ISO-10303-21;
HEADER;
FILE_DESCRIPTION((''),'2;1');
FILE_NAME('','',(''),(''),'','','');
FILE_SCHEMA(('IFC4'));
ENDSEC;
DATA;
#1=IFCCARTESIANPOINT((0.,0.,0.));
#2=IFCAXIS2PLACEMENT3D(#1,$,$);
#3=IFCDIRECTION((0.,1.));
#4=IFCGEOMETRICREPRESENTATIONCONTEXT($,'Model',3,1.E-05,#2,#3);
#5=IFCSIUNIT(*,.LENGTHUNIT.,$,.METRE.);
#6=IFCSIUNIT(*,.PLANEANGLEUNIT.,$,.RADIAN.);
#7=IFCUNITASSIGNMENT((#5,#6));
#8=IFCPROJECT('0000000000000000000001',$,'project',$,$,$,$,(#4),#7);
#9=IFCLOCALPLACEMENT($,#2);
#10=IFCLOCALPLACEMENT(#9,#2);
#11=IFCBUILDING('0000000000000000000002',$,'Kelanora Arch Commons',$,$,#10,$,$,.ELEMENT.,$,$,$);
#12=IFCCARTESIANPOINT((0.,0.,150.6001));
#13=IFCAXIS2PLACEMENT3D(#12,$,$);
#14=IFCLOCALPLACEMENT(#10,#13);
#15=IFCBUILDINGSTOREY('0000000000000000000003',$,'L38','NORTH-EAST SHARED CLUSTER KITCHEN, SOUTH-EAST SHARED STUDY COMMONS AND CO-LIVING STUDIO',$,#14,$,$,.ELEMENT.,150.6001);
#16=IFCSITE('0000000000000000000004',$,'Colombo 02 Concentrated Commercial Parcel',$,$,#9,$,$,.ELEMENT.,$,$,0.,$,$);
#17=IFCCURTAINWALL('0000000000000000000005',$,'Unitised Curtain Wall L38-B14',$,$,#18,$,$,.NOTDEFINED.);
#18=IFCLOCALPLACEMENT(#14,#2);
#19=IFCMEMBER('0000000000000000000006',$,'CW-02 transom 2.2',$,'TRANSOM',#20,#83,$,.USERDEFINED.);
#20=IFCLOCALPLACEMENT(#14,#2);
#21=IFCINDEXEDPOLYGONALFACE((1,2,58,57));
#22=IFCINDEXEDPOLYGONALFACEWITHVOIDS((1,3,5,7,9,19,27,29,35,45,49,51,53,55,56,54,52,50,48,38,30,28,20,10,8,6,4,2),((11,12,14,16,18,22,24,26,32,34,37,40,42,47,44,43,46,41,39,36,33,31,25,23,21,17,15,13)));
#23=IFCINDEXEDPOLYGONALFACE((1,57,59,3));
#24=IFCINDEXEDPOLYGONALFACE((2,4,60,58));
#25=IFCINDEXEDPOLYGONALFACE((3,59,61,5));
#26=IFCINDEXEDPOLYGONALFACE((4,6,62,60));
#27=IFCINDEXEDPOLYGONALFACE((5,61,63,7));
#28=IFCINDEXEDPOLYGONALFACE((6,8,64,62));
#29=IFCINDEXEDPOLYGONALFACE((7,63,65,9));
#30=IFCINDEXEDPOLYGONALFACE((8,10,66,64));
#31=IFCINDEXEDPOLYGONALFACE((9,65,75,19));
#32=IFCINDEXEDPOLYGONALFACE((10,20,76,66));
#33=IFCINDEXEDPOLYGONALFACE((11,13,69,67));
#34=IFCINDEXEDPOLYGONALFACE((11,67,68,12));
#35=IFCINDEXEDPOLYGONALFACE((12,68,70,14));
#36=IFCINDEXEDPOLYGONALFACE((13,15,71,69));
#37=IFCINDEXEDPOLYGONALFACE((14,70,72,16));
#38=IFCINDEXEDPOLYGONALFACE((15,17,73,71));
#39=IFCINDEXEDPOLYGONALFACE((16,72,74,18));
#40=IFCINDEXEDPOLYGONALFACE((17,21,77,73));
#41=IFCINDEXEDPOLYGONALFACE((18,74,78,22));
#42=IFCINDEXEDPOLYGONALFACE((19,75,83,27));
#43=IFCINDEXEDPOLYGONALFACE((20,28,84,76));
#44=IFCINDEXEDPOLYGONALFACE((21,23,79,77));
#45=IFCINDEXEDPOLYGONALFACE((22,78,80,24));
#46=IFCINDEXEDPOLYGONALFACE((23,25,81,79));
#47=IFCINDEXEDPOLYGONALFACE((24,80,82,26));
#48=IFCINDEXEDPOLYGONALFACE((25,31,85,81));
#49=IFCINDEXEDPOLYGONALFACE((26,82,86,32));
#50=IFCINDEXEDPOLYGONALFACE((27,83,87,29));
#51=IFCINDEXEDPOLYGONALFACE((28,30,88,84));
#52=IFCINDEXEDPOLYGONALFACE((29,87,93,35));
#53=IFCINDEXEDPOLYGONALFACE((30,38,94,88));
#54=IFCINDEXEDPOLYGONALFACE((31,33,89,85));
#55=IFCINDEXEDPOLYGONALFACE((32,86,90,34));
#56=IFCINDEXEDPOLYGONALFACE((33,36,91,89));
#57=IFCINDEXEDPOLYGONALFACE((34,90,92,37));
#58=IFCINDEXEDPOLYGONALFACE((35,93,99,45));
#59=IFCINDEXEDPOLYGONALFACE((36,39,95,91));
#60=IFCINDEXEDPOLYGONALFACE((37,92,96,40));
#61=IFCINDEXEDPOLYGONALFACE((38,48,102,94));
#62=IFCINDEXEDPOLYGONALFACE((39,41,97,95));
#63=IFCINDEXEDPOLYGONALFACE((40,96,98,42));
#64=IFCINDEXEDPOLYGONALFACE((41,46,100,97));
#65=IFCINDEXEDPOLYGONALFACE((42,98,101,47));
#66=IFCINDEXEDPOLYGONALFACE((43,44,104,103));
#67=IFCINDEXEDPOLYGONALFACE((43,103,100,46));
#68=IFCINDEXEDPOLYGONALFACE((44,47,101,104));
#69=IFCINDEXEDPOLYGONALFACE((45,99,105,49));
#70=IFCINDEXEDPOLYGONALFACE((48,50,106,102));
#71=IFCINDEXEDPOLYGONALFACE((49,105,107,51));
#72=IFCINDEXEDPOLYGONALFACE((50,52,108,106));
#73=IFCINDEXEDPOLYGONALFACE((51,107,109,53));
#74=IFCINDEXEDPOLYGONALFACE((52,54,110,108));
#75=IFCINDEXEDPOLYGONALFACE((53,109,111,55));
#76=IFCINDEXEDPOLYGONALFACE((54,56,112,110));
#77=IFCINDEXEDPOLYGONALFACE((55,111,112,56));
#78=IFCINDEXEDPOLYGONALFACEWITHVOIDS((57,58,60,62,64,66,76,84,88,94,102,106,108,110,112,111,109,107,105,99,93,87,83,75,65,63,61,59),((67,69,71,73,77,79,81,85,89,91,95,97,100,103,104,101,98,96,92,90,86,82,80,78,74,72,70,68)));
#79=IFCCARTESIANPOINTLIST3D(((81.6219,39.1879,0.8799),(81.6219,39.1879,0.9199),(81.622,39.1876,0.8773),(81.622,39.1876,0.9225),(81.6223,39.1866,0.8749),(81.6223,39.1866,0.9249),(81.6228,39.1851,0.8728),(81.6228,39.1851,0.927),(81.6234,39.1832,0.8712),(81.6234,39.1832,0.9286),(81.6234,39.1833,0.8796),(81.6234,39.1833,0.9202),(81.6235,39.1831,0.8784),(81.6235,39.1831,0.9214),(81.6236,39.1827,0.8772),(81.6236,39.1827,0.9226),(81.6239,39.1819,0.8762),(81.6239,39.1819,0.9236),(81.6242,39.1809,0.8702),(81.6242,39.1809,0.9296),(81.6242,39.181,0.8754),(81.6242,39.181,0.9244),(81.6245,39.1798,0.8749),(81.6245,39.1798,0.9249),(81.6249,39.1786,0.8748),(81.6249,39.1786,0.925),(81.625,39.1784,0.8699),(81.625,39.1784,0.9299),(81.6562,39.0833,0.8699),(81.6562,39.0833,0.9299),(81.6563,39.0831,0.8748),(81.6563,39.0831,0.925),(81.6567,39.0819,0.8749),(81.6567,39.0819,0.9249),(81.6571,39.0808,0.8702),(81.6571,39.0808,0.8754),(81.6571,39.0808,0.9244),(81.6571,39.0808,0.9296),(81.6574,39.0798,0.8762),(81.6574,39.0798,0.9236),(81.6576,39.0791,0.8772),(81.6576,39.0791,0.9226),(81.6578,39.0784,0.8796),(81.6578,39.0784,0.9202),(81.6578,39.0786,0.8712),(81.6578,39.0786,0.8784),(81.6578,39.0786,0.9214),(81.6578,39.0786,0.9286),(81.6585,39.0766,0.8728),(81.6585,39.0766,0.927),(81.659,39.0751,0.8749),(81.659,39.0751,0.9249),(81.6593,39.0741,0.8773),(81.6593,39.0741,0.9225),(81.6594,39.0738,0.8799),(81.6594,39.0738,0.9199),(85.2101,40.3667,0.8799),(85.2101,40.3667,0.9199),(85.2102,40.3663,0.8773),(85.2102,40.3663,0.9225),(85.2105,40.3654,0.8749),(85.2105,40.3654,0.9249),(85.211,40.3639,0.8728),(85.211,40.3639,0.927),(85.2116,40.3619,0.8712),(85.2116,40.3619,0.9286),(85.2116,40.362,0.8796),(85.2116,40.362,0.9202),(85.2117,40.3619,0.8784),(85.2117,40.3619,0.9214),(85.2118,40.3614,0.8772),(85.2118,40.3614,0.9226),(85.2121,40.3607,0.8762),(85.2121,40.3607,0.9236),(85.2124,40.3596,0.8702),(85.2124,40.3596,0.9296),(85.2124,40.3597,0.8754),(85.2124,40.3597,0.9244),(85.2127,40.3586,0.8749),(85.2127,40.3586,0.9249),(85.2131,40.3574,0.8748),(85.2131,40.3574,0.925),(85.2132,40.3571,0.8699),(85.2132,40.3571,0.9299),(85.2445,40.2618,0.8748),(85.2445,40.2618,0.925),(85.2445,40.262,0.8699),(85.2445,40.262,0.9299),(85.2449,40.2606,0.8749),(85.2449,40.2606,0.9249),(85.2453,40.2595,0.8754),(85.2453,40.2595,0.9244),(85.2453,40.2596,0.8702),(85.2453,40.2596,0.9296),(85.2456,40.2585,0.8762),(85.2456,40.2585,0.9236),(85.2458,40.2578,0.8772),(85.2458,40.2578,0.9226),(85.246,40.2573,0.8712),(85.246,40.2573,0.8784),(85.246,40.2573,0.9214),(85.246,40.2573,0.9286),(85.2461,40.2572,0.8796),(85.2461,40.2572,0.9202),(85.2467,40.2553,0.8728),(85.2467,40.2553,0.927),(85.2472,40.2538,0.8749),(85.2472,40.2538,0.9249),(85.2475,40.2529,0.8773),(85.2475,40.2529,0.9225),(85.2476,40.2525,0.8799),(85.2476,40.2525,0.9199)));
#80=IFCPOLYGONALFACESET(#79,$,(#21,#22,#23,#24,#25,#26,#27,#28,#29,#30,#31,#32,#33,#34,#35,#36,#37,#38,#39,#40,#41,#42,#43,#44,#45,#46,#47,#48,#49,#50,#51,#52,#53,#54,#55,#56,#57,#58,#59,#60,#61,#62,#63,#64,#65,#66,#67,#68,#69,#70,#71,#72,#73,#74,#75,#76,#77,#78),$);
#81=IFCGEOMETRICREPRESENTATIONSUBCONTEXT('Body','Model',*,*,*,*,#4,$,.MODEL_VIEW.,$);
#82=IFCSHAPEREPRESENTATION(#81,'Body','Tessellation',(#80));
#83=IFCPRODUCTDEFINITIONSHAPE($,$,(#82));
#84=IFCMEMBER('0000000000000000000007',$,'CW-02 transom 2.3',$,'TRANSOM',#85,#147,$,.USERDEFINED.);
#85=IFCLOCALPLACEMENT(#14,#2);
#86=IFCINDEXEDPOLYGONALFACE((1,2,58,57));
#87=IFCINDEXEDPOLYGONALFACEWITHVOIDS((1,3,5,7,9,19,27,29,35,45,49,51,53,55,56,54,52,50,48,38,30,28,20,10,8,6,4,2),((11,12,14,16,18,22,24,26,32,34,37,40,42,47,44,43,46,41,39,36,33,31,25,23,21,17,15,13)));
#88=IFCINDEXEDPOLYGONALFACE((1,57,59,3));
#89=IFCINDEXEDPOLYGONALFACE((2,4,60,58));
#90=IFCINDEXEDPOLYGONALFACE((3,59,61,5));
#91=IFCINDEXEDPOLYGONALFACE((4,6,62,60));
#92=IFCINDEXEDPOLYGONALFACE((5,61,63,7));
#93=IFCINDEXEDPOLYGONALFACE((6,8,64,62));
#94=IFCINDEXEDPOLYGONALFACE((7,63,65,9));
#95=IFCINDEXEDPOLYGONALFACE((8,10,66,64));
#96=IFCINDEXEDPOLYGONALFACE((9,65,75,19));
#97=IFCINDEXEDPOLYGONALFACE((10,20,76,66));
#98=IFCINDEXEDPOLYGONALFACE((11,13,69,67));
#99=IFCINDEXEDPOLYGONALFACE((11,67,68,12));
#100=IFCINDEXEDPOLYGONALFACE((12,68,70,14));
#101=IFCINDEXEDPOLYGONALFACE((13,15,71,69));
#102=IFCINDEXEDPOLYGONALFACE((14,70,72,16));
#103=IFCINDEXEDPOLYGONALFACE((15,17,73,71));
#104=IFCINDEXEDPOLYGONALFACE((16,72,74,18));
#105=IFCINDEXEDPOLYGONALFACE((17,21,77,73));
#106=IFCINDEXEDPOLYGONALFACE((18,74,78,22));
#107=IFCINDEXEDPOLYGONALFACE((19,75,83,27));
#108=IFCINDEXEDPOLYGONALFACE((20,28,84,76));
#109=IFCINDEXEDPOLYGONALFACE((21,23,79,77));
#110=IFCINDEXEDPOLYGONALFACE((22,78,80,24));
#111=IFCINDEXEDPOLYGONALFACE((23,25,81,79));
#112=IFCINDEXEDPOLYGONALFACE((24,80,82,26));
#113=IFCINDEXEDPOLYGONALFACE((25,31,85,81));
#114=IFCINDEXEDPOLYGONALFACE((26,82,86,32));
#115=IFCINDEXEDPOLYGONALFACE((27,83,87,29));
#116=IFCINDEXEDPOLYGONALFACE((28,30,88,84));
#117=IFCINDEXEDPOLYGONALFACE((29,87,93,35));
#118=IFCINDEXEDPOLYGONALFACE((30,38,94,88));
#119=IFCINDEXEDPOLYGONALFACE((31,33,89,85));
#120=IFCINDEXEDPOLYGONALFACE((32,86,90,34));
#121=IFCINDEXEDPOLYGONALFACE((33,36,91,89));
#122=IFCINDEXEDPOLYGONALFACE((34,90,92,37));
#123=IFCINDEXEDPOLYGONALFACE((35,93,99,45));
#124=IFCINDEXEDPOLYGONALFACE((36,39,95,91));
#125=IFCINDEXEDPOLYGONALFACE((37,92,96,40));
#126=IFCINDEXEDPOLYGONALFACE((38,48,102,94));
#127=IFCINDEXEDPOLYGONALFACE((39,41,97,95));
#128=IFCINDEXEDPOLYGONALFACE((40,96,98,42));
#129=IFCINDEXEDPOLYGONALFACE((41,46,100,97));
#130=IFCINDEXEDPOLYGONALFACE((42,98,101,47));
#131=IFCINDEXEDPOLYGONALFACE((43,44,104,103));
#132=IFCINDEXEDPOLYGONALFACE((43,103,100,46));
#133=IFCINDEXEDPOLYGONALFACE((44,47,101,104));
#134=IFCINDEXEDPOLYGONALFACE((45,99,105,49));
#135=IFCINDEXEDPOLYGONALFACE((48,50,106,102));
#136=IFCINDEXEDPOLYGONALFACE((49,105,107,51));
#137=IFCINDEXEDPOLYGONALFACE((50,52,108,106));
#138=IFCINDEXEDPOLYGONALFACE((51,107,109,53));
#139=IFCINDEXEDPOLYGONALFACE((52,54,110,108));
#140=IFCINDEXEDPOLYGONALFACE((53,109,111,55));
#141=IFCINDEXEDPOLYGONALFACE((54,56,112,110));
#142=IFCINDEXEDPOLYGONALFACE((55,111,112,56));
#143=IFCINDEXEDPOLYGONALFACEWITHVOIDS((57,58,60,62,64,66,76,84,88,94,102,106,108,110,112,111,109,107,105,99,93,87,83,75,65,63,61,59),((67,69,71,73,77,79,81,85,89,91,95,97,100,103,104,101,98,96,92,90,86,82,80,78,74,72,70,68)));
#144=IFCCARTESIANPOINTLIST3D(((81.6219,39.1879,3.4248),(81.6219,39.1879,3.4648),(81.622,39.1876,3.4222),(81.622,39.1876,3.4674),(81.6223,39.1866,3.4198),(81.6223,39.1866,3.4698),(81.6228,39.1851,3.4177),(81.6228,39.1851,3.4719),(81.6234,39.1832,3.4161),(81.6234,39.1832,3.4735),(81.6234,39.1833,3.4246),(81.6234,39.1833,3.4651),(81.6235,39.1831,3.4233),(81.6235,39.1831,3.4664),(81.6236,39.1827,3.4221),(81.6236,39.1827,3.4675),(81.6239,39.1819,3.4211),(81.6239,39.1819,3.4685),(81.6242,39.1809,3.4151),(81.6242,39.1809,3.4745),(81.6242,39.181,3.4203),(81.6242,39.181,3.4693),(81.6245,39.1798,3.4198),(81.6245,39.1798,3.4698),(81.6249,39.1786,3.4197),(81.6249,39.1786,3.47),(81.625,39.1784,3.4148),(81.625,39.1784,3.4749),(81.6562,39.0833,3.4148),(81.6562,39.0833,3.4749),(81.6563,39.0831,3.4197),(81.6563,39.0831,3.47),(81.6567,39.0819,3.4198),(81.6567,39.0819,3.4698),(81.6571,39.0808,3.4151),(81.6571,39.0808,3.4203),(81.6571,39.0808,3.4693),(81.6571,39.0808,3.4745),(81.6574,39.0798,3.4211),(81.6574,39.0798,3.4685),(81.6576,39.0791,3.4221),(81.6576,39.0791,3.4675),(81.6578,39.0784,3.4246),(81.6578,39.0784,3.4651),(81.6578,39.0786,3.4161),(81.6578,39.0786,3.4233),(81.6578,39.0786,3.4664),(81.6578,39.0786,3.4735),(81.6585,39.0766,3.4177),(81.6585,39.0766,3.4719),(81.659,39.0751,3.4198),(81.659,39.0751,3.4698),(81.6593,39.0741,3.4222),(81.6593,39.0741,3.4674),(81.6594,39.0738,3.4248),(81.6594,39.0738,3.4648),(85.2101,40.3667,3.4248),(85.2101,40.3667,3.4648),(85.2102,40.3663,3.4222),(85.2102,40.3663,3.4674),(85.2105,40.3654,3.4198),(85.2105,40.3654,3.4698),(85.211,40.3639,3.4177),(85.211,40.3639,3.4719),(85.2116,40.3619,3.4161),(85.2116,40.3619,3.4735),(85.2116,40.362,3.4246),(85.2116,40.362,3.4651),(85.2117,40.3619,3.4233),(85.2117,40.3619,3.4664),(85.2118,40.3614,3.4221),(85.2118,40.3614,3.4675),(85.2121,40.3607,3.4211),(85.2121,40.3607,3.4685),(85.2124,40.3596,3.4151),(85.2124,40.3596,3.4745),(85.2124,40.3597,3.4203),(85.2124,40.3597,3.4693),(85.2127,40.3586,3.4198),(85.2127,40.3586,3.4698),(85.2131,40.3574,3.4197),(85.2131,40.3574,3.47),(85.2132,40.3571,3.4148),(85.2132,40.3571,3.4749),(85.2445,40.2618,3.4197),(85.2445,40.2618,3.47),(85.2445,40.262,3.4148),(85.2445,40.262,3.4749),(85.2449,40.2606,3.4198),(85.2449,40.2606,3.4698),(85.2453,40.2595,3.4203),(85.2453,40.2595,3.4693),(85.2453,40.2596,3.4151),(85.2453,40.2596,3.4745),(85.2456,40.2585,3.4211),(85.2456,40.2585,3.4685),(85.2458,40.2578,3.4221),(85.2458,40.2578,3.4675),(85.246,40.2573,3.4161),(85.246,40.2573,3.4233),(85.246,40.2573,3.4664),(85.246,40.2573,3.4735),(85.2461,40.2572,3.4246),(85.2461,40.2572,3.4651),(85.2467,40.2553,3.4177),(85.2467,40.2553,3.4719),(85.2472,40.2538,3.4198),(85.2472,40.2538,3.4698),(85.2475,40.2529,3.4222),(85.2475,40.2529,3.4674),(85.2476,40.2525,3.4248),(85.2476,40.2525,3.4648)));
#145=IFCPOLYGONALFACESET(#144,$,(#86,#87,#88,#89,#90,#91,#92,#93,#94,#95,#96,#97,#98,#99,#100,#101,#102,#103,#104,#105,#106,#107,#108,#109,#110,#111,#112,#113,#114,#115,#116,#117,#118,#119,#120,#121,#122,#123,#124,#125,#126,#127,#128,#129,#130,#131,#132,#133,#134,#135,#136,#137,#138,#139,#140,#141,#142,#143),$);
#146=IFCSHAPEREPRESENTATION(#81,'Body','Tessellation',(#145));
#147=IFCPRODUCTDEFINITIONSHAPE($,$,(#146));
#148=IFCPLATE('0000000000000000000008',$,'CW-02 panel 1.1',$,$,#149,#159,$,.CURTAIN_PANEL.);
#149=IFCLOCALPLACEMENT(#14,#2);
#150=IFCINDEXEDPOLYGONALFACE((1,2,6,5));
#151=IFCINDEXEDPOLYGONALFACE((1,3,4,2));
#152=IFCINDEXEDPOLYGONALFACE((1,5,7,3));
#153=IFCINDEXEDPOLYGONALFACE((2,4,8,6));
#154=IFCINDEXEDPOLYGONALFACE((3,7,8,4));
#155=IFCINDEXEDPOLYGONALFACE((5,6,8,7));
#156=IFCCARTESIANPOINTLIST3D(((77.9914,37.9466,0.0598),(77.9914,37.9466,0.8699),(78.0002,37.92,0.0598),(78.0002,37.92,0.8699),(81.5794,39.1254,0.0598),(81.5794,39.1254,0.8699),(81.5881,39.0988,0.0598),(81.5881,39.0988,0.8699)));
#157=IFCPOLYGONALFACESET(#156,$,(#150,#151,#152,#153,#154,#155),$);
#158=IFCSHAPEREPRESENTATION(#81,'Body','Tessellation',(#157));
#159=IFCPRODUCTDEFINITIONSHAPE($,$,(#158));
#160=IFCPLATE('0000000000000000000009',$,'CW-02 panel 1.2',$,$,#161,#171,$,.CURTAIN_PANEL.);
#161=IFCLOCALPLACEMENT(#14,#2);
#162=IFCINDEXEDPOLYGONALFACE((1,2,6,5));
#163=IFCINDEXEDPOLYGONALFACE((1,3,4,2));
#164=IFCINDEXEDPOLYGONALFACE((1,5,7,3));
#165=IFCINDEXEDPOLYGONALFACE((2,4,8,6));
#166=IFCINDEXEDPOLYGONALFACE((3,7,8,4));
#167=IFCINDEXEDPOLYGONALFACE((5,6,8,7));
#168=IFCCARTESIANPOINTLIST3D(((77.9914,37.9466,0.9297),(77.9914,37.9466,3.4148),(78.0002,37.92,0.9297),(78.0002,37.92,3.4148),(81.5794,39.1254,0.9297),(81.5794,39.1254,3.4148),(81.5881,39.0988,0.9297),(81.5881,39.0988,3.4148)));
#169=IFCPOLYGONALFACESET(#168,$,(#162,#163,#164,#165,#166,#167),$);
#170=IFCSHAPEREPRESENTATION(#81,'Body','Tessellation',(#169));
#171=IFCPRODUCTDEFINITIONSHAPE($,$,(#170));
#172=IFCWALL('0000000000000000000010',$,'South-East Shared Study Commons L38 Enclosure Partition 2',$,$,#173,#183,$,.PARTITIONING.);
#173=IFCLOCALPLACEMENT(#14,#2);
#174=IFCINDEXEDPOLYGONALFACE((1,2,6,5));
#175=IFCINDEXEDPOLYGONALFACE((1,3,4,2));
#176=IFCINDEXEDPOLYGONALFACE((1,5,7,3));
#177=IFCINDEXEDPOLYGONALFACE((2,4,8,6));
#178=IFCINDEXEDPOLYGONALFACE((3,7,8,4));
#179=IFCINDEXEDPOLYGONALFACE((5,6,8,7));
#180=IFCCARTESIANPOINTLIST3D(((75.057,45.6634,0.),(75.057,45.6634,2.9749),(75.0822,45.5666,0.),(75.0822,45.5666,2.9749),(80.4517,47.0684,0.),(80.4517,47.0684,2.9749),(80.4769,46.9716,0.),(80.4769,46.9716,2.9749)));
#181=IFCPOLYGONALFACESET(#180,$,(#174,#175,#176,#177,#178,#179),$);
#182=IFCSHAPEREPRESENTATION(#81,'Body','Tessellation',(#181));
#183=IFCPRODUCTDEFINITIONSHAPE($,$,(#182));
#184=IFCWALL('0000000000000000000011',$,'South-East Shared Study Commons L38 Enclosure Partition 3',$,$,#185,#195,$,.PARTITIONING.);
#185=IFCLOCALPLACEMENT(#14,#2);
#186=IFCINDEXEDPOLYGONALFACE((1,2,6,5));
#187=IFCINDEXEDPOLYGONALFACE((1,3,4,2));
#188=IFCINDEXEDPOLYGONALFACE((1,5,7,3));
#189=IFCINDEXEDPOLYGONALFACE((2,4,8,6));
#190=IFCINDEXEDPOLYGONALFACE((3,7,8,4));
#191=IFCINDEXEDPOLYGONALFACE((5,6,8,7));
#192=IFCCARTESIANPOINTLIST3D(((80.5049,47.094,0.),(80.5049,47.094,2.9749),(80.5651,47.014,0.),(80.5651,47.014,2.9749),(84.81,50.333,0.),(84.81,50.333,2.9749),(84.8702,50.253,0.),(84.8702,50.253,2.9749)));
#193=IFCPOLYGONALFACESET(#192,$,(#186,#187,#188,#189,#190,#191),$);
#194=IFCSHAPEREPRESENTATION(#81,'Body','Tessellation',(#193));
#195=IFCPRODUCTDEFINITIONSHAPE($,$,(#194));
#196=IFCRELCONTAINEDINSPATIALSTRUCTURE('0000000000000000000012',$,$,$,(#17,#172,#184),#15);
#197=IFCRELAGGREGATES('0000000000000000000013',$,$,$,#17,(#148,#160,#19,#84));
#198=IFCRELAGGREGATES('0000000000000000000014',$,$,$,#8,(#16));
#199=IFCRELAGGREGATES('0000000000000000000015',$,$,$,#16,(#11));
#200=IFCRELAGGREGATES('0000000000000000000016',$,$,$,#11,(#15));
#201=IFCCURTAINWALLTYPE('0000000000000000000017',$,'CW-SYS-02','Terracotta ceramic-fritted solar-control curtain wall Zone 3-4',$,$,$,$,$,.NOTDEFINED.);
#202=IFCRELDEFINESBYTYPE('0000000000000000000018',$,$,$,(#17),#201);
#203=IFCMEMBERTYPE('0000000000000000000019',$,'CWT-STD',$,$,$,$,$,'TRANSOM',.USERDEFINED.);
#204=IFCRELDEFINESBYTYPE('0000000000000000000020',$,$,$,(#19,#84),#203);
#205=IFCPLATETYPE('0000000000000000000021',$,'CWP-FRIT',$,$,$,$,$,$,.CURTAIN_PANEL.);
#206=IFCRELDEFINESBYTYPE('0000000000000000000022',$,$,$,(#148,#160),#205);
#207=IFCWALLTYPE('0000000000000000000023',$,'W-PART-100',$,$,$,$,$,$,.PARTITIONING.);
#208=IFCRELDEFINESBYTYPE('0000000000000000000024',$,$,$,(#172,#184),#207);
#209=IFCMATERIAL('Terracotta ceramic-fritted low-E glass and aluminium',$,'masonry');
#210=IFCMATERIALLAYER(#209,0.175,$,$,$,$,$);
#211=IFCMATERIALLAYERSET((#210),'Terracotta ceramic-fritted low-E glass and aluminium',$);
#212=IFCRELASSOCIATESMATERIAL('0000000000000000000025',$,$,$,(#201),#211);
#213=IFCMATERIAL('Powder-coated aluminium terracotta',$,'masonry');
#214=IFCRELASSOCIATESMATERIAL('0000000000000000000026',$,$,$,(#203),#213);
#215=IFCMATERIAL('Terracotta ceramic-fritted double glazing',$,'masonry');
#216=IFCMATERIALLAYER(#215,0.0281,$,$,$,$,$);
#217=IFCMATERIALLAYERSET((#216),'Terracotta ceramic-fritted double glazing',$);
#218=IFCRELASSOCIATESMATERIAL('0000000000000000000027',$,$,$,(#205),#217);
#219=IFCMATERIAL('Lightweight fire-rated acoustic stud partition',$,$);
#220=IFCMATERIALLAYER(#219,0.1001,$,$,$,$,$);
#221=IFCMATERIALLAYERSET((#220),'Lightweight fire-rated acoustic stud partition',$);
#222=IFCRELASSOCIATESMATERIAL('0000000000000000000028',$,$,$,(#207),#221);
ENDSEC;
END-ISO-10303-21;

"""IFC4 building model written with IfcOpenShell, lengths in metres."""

from ifc_helpers import new_model, si_unit, direction, frame, frame_2d, origin, origin_2d, place, context, subcontext, project, spatial, rectangle, hollow_rectangle, extrude, source, transform, mapped, material, layer, layer_set, material_profile, profile_set, type_object, element, aggregate, save


model = new_model("IFC4")

# Units and contexts
model_context = context("Model", 3, precision=1e-05, world=origin(), true_north=direction((0.0, 1.0)))
body_context = subcontext(model_context, "Body", "Model", "MODEL_VIEW")
ifc_project = project(units=[si_unit("LENGTHUNIT", "METRE"), si_unit("PLANEANGLEUNIT", "RADIAN")], contexts=[model_context])

# Site, building, storey
site_placement = place(None, origin())
site = spatial("IfcSite", under=ifc_project, at=site_placement, Name="Colombo 02 Concentrated Commercial Parcel", CompositionType="ELEMENT", RefElevation=0.0)
building_placement = place(site_placement, origin())
building = spatial("IfcBuilding", under=site, at=building_placement, Name="Kelanora Arch Commons", CompositionType="ELEMENT")
storey_placement = place(building_placement, frame((0.0, 0.0, 150.6001)))
storey = spatial("IfcBuildingStorey", under=building, at=storey_placement, Name="L38", Description="NORTH-EAST SHARED CLUSTER KITCHEN, SOUTH-EAST SHARED STUDY COMMONS AND CO-LIVING STUDIO", CompositionType="ELEMENT", Elevation=150.6001)

# Curtain wall, members, plates
ifc_material_1 = material(Name="Terracotta ceramic-fritted low-E glass and aluminium", Category="masonry")
ifc_layer_1 = layer(ifc_material_1, 0.175)
ifc_layer_set_1 = layer_set([ifc_layer_1], Name="Terracotta ceramic-fritted low-E glass and aluminium")
curtain_wall_type = type_object("IfcCurtainWallType", Name="CW-SYS-02", Description="Terracotta ceramic-fritted solar-control curtain wall Zone 3-4", PredefinedType="NOTDEFINED", material=ifc_layer_set_1)
curtain_wall_placement = place(storey_placement, origin())
curtain_wall = element("IfcCurtainWall", 1, at=curtain_wall_placement, inside=storey, type_object=curtain_wall_type, Name="Unitised Curtain Wall L38-B14", PredefinedType="NOTDEFINED")
ifc_material_2 = material(Name="Powder-coated aluminium terracotta", Category="masonry")
ifc_material_profile_1 = material_profile(ifc_material_2, hollow_rectangle(XDim=0.1201, YDim=0.0601, WallThickness=0.0049, InnerFilletRadius=0.0049, OuterFilletRadius=0.01, at=origin_2d()), Name="CWT120x60")
ifc_profile_set_1 = profile_set([ifc_material_profile_1], Name="Powder-coated aluminium terracotta")
member_type_1 = type_object("IfcMemberType", Name="CWT-STD", ElementType="TRANSOM", PredefinedType="USERDEFINED", material=ifc_profile_set_1)
member_1_placement = place(storey_placement, frame((81.6406, 39.1309, 0.8999), z_axis=(0.950051, 0.312094, 0.0), x_axis=(-0.312094, 0.950051, 0.0)))
member_1 = element("IfcMember", 2, at=member_1_placement, type_object=member_type_1, Name="CW-02 transom 2.2", ObjectType="TRANSOM", PredefinedType="USERDEFINED", context=body_context, shape_type="SweptSolid", body=[
    extrude(hollow_rectangle(XDim=0.1201, YDim=0.0601, WallThickness=0.0049, InnerFilletRadius=0.0049, OuterFilletRadius=0.01, at=origin_2d()), origin(), (0.0, 0.0, 1.0), 3.7769),
])
member_2_placement = place(storey_placement, frame((81.6406, 39.1309, 3.4448), z_axis=(0.950051, 0.312094, 0.0), x_axis=(-0.312094, 0.950051, 0.0)))
member_2 = element("IfcMember", 3, at=member_2_placement, type_object=member_type_1, Name="CW-02 transom 2.3", ObjectType="TRANSOM", PredefinedType="USERDEFINED", context=body_context, shape_type="SweptSolid", body=[
    extrude(hollow_rectangle(XDim=0.1201, YDim=0.0601, WallThickness=0.0049, InnerFilletRadius=0.0049, OuterFilletRadius=0.01, at=origin_2d()), origin(), (0.0, 0.0, 1.0), 3.7769),
])
ifc_material_3 = material(Name="Terracotta ceramic-fritted double glazing", Category="masonry")
ifc_layer_2 = layer(ifc_material_3, 0.0281)
ifc_layer_set_2 = layer_set([ifc_layer_2], Name="Terracotta ceramic-fritted double glazing")
plate_type = type_object("IfcPlateType", Name="CWP-FRIT", PredefinedType="CURTAIN_PANEL", material=ifc_layer_set_2)
shared_shape_1 = source(origin(), body_context, "Body", "SweptSolid", [
    extrude(rectangle(XDim=3.7766, YDim=0.0281, at=origin_2d()), origin(), (0.0, 0.0, 1.0), 0.8101),
])
plate_1_placement = place(storey_placement, frame((79.7898, 38.5227, 0.0598), z_axis=(0.0, 0.0, 1.0), x_axis=(0.95004, 0.312128, 0.0)))
plate_1 = element("IfcPlate", 4, at=plate_1_placement, type_object=plate_type, Name="CW-02 panel 1.1", PredefinedType="CURTAIN_PANEL", context=body_context, shape_type="MappedRepresentation", body=[
    mapped(shared_shape_1, transform((0.0, 0.0, 0.0), scale=1.0)),
])
shared_shape_2 = source(origin(), body_context, "Body", "SweptSolid", [
    extrude(rectangle(XDim=3.7766, YDim=0.0281, at=origin_2d()), origin(), (0.0, 0.0, 1.0), 2.4851),
])
plate_2_placement = place(storey_placement, frame((79.7898, 38.5227, 0.9297), z_axis=(0.0, 0.0, 1.0), x_axis=(0.95004, 0.312128, 0.0)))
plate_2 = element("IfcPlate", 5, at=plate_2_placement, type_object=plate_type, Name="CW-02 panel 1.2", PredefinedType="CURTAIN_PANEL", context=body_context, shape_type="MappedRepresentation", body=[
    mapped(shared_shape_2, transform((0.0, 0.0, 0.0), scale=1.0)),
])
aggregate(curtain_wall, [plate_1, plate_2, member_1, member_2])

# Walls
ifc_material_4 = material(Name="Lightweight fire-rated acoustic stud partition")
ifc_layer_3 = layer(ifc_material_4, 0.1001)
ifc_layer_set_3 = layer_set([ifc_layer_3], Name="Lightweight fire-rated acoustic stud partition")
wall_type = type_object("IfcWallType", Name="W-PART-100", PredefinedType="PARTITIONING", material=ifc_layer_set_3)
wall_1_placement = place(storey_placement, frame((75.0696, 45.615, 0.0), z_axis=(0.0, 0.0, 1.0), x_axis=(0.967718, 0.252035, 0.0)))
element("IfcWall", 6, at=wall_1_placement, inside=storey, type_object=wall_type, Name="South-East Shared Study Commons L38 Enclosure Partition 2", PredefinedType="PARTITIONING", context=body_context, shape_type="SweptSolid", body=[
    extrude(rectangle(XDim=5.5747, YDim=0.1001, at=frame_2d((2.7874, 0.0))), origin(), (0.0, 0.0, 1.0), 2.9749),
])
wall_2_placement = place(storey_placement, frame((80.5349, 47.054, 0.0), z_axis=(0.0, 0.0, 1.0), x_axis=(0.799096, 0.601203, 0.0)))
element("IfcWall", 7, at=wall_2_placement, inside=storey, type_object=wall_type, Name="South-East Shared Study Commons L38 Enclosure Partition 3", PredefinedType="PARTITIONING", context=body_context, shape_type="SweptSolid", body=[
    extrude(rectangle(XDim=5.3875, YDim=0.1001, at=frame_2d((2.6938, 0.0))), origin(), (0.0, 0.0, 1.0), 2.9749),
])

save(model, "model.ifc")
